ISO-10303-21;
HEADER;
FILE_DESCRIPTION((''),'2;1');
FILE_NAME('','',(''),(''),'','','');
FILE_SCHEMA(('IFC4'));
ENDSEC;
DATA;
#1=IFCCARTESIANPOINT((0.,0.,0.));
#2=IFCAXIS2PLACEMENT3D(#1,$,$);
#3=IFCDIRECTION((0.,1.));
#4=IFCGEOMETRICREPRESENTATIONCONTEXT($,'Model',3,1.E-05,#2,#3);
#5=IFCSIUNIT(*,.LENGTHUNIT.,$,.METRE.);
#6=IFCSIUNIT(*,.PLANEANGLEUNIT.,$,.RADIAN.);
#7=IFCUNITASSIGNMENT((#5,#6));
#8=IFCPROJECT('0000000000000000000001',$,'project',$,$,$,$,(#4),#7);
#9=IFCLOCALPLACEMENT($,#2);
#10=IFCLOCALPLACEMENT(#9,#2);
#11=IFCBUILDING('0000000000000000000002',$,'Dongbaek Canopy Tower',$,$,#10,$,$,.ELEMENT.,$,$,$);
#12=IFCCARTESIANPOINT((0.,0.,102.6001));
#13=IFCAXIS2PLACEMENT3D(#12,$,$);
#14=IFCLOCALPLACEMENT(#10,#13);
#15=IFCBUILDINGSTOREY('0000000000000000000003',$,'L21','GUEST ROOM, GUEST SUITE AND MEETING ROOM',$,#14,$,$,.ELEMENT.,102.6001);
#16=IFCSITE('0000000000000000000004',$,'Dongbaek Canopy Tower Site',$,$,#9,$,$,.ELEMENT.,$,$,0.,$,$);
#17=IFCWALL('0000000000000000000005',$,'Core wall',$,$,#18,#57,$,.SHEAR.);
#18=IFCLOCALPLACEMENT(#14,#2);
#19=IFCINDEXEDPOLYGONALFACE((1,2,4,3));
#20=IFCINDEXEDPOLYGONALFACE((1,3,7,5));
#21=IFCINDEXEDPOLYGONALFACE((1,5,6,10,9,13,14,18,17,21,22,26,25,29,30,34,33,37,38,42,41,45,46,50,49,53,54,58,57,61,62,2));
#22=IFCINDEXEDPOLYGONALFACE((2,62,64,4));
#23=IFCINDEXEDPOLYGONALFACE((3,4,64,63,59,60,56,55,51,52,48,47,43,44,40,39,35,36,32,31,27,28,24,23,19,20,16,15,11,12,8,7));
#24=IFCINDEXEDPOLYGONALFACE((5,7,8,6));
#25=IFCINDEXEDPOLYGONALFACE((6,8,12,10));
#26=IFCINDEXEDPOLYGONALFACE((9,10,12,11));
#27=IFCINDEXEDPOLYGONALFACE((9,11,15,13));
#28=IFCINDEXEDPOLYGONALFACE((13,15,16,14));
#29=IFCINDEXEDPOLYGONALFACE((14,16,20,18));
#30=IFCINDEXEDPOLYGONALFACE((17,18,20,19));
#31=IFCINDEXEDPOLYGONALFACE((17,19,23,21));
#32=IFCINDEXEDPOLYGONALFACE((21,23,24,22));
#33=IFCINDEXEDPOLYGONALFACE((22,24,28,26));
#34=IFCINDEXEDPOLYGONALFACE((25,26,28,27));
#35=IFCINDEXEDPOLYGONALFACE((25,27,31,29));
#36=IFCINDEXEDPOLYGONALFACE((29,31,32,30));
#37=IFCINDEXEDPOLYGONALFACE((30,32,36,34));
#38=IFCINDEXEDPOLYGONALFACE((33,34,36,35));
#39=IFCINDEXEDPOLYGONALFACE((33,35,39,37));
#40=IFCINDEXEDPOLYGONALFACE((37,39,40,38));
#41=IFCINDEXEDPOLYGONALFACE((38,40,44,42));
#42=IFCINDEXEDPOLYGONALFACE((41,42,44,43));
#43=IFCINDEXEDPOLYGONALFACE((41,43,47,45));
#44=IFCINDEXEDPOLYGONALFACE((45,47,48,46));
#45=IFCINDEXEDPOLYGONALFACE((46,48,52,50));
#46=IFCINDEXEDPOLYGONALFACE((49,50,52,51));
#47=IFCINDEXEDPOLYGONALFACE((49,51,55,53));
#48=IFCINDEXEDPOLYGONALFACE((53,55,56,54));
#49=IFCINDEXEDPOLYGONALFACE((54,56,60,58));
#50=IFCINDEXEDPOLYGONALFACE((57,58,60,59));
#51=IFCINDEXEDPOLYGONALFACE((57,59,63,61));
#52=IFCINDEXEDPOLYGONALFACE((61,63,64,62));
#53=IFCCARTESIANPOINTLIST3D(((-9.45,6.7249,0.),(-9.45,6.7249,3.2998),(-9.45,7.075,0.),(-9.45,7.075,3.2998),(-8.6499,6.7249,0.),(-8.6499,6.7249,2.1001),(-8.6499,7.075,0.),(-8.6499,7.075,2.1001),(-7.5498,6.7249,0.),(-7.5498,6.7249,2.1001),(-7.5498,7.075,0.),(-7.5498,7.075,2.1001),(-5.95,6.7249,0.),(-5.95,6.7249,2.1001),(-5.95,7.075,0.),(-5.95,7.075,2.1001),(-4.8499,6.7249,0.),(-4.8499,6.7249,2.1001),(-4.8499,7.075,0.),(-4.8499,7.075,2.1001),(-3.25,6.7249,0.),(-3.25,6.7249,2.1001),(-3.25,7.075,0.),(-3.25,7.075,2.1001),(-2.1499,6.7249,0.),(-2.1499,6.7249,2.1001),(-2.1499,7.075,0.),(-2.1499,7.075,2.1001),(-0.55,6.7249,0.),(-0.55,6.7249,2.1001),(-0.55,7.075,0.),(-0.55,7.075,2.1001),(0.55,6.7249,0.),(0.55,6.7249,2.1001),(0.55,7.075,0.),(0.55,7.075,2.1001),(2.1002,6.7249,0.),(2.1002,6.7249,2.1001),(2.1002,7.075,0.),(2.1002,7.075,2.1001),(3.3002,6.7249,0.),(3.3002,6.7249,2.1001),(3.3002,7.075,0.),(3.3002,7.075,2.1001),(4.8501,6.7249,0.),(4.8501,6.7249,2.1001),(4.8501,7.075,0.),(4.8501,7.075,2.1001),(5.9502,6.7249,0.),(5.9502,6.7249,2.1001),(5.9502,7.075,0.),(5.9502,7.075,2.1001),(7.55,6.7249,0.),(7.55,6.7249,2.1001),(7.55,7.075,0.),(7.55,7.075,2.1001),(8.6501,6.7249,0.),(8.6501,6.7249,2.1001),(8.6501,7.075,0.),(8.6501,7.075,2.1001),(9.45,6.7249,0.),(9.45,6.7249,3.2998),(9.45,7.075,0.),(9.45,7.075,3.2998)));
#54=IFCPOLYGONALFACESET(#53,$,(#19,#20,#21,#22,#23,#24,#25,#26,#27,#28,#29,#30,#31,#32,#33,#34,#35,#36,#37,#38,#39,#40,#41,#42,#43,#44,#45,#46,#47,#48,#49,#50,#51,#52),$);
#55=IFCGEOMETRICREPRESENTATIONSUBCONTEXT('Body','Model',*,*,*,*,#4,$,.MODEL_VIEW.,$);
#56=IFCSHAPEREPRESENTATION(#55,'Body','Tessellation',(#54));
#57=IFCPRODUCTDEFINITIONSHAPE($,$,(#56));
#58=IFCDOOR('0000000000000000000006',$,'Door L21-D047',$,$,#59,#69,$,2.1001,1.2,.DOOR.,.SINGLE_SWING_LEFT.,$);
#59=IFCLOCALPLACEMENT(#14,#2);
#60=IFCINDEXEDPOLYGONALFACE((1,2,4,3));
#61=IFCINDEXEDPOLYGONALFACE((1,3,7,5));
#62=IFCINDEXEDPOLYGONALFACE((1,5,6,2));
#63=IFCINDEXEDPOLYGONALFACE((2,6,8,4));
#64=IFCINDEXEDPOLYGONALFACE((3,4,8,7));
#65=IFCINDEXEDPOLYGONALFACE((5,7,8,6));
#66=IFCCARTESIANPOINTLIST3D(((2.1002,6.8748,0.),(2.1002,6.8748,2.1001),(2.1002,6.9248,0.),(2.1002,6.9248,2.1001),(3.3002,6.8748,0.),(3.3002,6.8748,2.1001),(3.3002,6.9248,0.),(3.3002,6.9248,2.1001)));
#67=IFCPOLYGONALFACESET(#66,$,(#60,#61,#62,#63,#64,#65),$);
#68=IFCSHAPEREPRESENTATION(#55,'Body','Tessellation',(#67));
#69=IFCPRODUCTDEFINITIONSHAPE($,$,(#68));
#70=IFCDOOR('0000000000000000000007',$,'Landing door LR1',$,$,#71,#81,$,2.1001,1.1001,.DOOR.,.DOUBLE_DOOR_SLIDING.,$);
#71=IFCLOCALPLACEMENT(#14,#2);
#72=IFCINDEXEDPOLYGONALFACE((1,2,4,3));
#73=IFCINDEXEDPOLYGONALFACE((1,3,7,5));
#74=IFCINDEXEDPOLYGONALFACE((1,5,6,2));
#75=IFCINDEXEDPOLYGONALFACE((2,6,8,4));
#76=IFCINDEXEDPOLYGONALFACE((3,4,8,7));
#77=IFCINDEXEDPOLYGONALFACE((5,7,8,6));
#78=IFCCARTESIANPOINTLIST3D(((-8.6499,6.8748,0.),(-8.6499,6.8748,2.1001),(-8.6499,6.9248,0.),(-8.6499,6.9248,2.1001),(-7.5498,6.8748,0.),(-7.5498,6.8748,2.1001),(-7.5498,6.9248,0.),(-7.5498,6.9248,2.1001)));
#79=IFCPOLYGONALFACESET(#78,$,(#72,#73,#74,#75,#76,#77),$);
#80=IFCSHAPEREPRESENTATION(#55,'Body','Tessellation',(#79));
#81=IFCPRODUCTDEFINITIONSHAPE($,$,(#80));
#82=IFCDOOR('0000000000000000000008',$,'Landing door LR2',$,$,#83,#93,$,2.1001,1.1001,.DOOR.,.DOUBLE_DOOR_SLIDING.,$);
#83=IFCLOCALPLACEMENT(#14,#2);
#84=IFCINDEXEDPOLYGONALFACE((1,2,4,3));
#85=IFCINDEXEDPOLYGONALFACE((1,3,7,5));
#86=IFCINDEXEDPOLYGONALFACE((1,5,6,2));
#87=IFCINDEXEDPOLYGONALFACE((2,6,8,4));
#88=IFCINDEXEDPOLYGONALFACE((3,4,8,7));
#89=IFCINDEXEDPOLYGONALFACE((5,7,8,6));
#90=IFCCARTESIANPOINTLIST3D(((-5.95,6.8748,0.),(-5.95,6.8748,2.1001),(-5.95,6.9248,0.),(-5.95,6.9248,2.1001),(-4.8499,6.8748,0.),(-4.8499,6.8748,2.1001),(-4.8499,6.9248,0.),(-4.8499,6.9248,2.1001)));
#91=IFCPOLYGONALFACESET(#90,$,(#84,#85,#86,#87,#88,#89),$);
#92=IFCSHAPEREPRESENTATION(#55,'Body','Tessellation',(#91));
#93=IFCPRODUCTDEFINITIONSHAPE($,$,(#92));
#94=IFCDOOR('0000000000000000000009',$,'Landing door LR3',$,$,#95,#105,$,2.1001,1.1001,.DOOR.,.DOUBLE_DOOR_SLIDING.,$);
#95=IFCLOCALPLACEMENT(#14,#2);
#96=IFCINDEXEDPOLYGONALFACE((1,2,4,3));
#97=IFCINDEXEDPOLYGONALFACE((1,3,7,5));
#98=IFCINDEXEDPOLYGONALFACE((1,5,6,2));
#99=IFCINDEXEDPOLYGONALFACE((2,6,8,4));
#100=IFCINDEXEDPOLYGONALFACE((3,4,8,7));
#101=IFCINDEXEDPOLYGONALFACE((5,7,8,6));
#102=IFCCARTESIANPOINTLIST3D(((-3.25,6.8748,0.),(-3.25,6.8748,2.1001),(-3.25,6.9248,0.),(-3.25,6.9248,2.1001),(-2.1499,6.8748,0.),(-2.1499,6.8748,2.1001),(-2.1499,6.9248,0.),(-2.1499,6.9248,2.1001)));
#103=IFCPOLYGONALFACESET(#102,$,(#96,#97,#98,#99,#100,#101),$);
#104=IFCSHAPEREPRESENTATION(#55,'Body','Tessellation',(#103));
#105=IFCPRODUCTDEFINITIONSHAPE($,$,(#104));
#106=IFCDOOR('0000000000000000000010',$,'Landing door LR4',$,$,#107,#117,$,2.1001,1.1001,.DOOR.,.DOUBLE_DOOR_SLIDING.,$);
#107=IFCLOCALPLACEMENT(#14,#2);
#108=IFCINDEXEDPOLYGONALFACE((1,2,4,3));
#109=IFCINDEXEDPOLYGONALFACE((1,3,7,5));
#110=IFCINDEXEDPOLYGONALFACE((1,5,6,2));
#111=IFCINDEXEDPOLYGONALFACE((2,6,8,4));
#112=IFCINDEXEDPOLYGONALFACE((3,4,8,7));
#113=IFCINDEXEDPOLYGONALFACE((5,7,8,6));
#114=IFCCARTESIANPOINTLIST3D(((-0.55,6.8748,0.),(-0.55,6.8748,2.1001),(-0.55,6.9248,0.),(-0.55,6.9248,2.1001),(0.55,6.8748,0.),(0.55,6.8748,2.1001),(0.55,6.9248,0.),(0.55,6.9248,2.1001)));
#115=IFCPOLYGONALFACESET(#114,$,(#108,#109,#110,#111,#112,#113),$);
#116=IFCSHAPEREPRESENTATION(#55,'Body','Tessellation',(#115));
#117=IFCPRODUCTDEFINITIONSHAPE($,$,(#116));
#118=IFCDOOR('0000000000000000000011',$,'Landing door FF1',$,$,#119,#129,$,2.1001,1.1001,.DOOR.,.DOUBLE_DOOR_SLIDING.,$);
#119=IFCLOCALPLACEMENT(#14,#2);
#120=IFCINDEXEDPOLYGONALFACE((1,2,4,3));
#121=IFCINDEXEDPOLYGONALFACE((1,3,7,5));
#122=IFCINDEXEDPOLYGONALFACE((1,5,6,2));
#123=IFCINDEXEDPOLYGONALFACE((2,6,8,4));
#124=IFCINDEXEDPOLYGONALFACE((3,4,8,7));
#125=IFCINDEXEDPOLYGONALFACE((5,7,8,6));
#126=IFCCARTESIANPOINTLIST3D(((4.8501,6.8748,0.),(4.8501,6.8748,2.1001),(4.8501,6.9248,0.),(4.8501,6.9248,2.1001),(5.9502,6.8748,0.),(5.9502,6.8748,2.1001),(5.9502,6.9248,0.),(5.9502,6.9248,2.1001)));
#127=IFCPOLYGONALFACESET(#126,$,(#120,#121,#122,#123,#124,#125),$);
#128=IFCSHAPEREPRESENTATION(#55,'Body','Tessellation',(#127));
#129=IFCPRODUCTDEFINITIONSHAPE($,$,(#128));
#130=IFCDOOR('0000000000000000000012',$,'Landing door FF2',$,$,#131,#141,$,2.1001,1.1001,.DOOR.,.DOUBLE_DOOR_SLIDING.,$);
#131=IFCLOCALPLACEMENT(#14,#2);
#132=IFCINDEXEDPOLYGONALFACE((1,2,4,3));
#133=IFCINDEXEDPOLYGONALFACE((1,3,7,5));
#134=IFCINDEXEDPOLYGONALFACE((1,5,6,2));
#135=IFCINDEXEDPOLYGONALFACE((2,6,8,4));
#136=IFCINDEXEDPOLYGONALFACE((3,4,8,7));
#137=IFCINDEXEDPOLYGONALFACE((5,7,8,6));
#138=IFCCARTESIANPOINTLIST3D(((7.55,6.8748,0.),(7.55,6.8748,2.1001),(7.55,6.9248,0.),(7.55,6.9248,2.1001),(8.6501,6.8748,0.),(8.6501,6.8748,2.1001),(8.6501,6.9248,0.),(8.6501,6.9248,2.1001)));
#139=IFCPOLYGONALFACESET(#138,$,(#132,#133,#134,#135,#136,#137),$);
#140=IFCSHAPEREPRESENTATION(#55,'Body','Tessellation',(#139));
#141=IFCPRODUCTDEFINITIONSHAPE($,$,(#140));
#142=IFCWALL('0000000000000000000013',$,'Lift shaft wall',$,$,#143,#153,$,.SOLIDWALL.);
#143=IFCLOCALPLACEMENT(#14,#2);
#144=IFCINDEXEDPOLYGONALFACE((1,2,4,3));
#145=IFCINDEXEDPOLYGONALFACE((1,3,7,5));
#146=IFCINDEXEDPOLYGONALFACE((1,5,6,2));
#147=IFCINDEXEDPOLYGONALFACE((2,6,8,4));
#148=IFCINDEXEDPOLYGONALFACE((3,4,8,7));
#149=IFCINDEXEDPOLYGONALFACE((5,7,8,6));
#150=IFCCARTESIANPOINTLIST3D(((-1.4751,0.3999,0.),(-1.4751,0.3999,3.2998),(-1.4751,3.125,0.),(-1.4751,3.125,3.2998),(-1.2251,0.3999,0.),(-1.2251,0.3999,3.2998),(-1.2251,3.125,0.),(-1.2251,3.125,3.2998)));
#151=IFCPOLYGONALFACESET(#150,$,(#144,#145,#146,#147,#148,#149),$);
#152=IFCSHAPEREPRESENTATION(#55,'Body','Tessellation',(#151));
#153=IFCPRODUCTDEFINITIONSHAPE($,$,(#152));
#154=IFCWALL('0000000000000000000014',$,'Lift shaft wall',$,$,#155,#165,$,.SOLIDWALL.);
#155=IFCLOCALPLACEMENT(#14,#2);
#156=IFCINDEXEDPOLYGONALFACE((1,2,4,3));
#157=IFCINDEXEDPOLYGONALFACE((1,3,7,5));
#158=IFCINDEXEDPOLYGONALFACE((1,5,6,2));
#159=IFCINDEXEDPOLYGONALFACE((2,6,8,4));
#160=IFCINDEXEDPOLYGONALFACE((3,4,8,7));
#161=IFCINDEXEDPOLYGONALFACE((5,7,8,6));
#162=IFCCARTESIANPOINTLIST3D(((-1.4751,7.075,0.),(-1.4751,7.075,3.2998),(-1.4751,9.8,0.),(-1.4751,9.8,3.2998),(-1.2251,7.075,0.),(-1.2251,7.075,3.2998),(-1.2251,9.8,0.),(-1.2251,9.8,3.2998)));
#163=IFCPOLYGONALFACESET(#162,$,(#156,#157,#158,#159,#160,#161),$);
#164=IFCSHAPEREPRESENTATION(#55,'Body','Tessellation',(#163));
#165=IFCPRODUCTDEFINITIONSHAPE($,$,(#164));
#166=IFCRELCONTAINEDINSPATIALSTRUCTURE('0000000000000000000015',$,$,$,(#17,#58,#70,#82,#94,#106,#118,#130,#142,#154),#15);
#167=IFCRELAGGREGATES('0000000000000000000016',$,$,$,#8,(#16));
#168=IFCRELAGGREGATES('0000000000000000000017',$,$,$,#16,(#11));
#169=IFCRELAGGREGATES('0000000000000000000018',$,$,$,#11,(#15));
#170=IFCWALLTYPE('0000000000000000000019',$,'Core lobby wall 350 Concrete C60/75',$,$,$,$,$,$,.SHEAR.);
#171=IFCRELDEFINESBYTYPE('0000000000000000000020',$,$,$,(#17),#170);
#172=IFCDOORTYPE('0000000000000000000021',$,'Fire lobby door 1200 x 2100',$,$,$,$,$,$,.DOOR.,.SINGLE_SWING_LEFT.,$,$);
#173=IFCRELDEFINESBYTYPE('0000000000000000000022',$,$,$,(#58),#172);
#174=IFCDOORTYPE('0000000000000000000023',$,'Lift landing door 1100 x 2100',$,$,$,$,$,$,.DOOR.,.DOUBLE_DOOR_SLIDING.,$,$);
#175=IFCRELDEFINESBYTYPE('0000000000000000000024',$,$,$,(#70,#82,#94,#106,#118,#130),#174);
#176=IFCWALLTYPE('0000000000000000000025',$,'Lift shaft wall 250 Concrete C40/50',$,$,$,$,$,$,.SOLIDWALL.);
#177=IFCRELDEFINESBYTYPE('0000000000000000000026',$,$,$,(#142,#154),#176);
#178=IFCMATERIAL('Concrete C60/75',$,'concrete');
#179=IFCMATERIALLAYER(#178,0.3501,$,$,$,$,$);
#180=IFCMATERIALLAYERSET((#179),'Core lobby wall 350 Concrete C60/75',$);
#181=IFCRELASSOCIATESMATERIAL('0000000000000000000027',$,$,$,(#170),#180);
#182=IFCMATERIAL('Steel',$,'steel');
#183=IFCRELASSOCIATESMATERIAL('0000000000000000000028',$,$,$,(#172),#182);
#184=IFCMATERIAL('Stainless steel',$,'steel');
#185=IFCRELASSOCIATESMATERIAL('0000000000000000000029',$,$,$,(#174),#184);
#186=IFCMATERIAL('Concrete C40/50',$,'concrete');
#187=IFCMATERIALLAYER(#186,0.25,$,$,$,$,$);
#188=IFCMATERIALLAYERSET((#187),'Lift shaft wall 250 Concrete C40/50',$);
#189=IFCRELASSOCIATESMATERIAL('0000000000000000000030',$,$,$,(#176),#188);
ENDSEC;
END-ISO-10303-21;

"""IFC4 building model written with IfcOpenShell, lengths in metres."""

from ifc_helpers import new_model, si_unit, direction, frame, frame_2d, origin, place, context, subcontext, project, spatial, rectangle, extrude, material, layer, layer_set, type_object, element, fill, save


model = new_model("IFC4")

# Units and contexts
model_context = context("Model", 3, precision=1e-05, world=origin(), true_north=direction((0.0, 1.0)))
body_context = subcontext(model_context, "Body", "Model", "MODEL_VIEW")
ifc_project = project(units=[si_unit("LENGTHUNIT", "METRE"), si_unit("PLANEANGLEUNIT", "RADIAN")], contexts=[model_context])

# Site, building, storey
site_placement = place(None, origin())
site = spatial("IfcSite", under=ifc_project, at=site_placement, Name="Dongbaek Canopy Tower Site", CompositionType="ELEMENT", RefElevation=0.0)
building_placement = place(site_placement, origin())
building = spatial("IfcBuilding", under=site, at=building_placement, Name="Dongbaek Canopy Tower", CompositionType="ELEMENT")
storey_placement = place(building_placement, frame((0.0, 0.0, 102.6001)))
storey = spatial("IfcBuildingStorey", under=building, at=storey_placement, Name="L21", Description="GUEST ROOM, GUEST SUITE AND MEETING ROOM", CompositionType="ELEMENT", Elevation=102.6001)

# Wall, openings, doors
ifc_material_1 = material(Name="Concrete C60/75", Category="concrete")
ifc_layer_1 = layer(ifc_material_1, 0.3501)
ifc_layer_set_1 = layer_set([ifc_layer_1], Name="Core lobby wall 350 Concrete C60/75")
wall_type_1 = type_object("IfcWallType", Name="Core lobby wall 350 Concrete C60/75", PredefinedType="SHEAR", material=ifc_layer_set_1)
wall_placement = place(storey_placement, frame((-9.45, 6.8999, 0.0), z_axis=(0.0, 0.0, 1.0), x_axis=(1.0, 0.0, 0.0)))
wall = element("IfcWall", 1, at=wall_placement, inside=storey, type_object=wall_type_1, Name="Core wall", PredefinedType="SHEAR", context=body_context, shape_type="SweptSolid", body=[
    extrude(rectangle(XDim=18.8999, YDim=0.3501, at=frame_2d((9.45, 0.0))), origin(), (0.0, 0.0, 1.0), 3.2998),
])
opening_1_placement = place(wall_placement, frame((0.8, 0.0, 0.0)))
opening_1 = element("IfcOpeningElement", 2, at=opening_1_placement, cuts=wall, PredefinedType="OPENING", context=body_context, shape_type="SweptSolid", body=[
    extrude(rectangle(XDim=1.1001, YDim=2.1001, at=frame_2d((0.55, 1.05))), frame((0.0, 0.1851, 0.0), z_axis=(0.0, -1.0, 0.0), x_axis=(1.0, 0.0, 0.0)), (0.0, 0.0, 1.0), 0.3701),
])
opening_2_placement = place(wall_placement, frame((3.5, 0.0, 0.0)))
opening_2 = element("IfcOpeningElement", 3, at=opening_2_placement, cuts=wall, PredefinedType="OPENING", context=body_context, shape_type="SweptSolid", body=[
    extrude(rectangle(XDim=1.1001, YDim=2.1001, at=frame_2d((0.55, 1.05))), frame((0.0, 0.1851, 0.0), z_axis=(0.0, -1.0, 0.0), x_axis=(1.0, 0.0, 0.0)), (0.0, 0.0, 1.0), 0.3701),
])
opening_3_placement = place(wall_placement, frame((6.2, 0.0, 0.0)))
opening_3 = element("IfcOpeningElement", 4, at=opening_3_placement, cuts=wall, PredefinedType="OPENING", context=body_context, shape_type="SweptSolid", body=[
    extrude(rectangle(XDim=1.1001, YDim=2.1001, at=frame_2d((0.55, 1.05))), frame((0.0, 0.1851, 0.0), z_axis=(0.0, -1.0, 0.0), x_axis=(1.0, 0.0, 0.0)), (0.0, 0.0, 1.0), 0.3701),
])
opening_4_placement = place(wall_placement, frame((8.8999, 0.0, 0.0)))
opening_4 = element("IfcOpeningElement", 5, at=opening_4_placement, cuts=wall, PredefinedType="OPENING", context=body_context, shape_type="SweptSolid", body=[
    extrude(rectangle(XDim=1.1001, YDim=2.1001, at=frame_2d((0.55, 1.05))), frame((0.0, 0.1851, 0.0), z_axis=(0.0, -1.0, 0.0), x_axis=(1.0, 0.0, 0.0)), (0.0, 0.0, 1.0), 0.3701),
])
opening_5_placement = place(wall_placement, frame((11.55, 0.0, 0.0)))
opening_5 = element("IfcOpeningElement", 6, at=opening_5_placement, cuts=wall, PredefinedType="OPENING", context=body_context, shape_type="SweptSolid", body=[
    extrude(rectangle(XDim=1.2, YDim=2.1001, at=frame_2d((0.6001, 1.05))), frame((0.0, 0.1851, 0.0), z_axis=(0.0, -1.0, 0.0), x_axis=(1.0, 0.0, 0.0)), (0.0, 0.0, 1.0), 0.3701),
])
opening_6_placement = place(wall_placement, frame((14.3, 0.0, 0.0)))
opening_6 = element("IfcOpeningElement", 7, at=opening_6_placement, cuts=wall, PredefinedType="OPENING", context=body_context, shape_type="SweptSolid", body=[
    extrude(rectangle(XDim=1.1001, YDim=2.1001, at=frame_2d((0.55, 1.05))), frame((0.0, 0.1851, 0.0), z_axis=(0.0, -1.0, 0.0), x_axis=(1.0, 0.0, 0.0)), (0.0, 0.0, 1.0), 0.3701),
])
opening_7_placement = place(wall_placement, frame((17.0, 0.0, 0.0)))
opening_7 = element("IfcOpeningElement", 8, at=opening_7_placement, cuts=wall, PredefinedType="OPENING", context=body_context, shape_type="SweptSolid", body=[
    extrude(rectangle(XDim=1.1001, YDim=2.1001, at=frame_2d((0.55, 1.05))), frame((0.0, 0.1851, 0.0), z_axis=(0.0, -1.0, 0.0), x_axis=(1.0, 0.0, 0.0)), (0.0, 0.0, 1.0), 0.3701),
])
ifc_material_2 = material(Name="Steel", Category="steel")
door_type_1 = type_object("IfcDoorType", Name="Fire lobby door 1200 x 2100", OperationType="SINGLE_SWING_LEFT", PredefinedType="DOOR", material=ifc_material_2)
door_1_placement = place(opening_5_placement, origin())
door_1 = element("IfcDoor", 9, at=door_1_placement, inside=storey, type_object=door_type_1, Name="Door L21-D047", OperationType="SINGLE_SWING_LEFT", OverallHeight=2.1001, OverallWidth=1.2, PredefinedType="DOOR", context=body_context, shape_type="SweptSolid", body=[
    extrude(rectangle(XDim=1.2, YDim=2.1001, at=frame_2d((0.6001, 1.05))), frame((0.0, 0.0249, 0.0), z_axis=(0.0, -1.0, 0.0), x_axis=(1.0, 0.0, 0.0)), (0.0, 0.0, 1.0), 0.05),
])
fill(opening_5, door_1)
ifc_material_3 = material(Name="Stainless steel", Category="steel")
door_type_2 = type_object("IfcDoorType", Name="Lift landing door 1100 x 2100", OperationType="DOUBLE_DOOR_SLIDING", PredefinedType="DOOR", material=ifc_material_3)
door_2_placement = place(opening_1_placement, origin())
door_2 = element("IfcDoor", 10, at=door_2_placement, inside=storey, type_object=door_type_2, Name="Landing door LR1", OperationType="DOUBLE_DOOR_SLIDING", OverallHeight=2.1001, OverallWidth=1.1001, PredefinedType="DOOR", context=body_context, shape_type="SweptSolid", body=[
    extrude(rectangle(XDim=1.1001, YDim=2.1001, at=frame_2d((0.55, 1.05))), frame((0.0, 0.0249, 0.0), z_axis=(0.0, -1.0, 0.0), x_axis=(1.0, 0.0, 0.0)), (0.0, 0.0, 1.0), 0.05),
])
fill(opening_1, door_2)
door_3_placement = place(opening_2_placement, origin())
door_3 = element("IfcDoor", 11, at=door_3_placement, inside=storey, type_object=door_type_2, Name="Landing door LR2", OperationType="DOUBLE_DOOR_SLIDING", OverallHeight=2.1001, OverallWidth=1.1001, PredefinedType="DOOR", context=body_context, shape_type="SweptSolid", body=[
    extrude(rectangle(XDim=1.1001, YDim=2.1001, at=frame_2d((0.55, 1.05))), frame((0.0, 0.0249, 0.0), z_axis=(0.0, -1.0, 0.0), x_axis=(1.0, 0.0, 0.0)), (0.0, 0.0, 1.0), 0.05),
])
fill(opening_2, door_3)
door_4_placement = place(opening_3_placement, origin())
door_4 = element("IfcDoor", 12, at=door_4_placement, inside=storey, type_object=door_type_2, Name="Landing door LR3", OperationType="DOUBLE_DOOR_SLIDING", OverallHeight=2.1001, OverallWidth=1.1001, PredefinedType="DOOR", context=body_context, shape_type="SweptSolid", body=[
    extrude(rectangle(XDim=1.1001, YDim=2.1001, at=frame_2d((0.55, 1.05))), frame((0.0, 0.0249, 0.0), z_axis=(0.0, -1.0, 0.0), x_axis=(1.0, 0.0, 0.0)), (0.0, 0.0, 1.0), 0.05),
])
fill(opening_3, door_4)
door_5_placement = place(opening_4_placement, origin())
door_5 = element("IfcDoor", 13, at=door_5_placement, inside=storey, type_object=door_type_2, Name="Landing door LR4", OperationType="DOUBLE_DOOR_SLIDING", OverallHeight=2.1001, OverallWidth=1.1001, PredefinedType="DOOR", context=body_context, shape_type="SweptSolid", body=[
    extrude(rectangle(XDim=1.1001, YDim=2.1001, at=frame_2d((0.55, 1.05))), frame((0.0, 0.0249, 0.0), z_axis=(0.0, -1.0, 0.0), x_axis=(1.0, 0.0, 0.0)), (0.0, 0.0, 1.0), 0.05),
])
fill(opening_4, door_5)
door_6_placement = place(opening_6_placement, origin())
door_6 = element("IfcDoor", 14, at=door_6_placement, inside=storey, type_object=door_type_2, Name="Landing door FF1", OperationType="DOUBLE_DOOR_SLIDING", OverallHeight=2.1001, OverallWidth=1.1001, PredefinedType="DOOR", context=body_context, shape_type="SweptSolid", body=[
    extrude(rectangle(XDim=1.1001, YDim=2.1001, at=frame_2d((0.55, 1.05))), frame((0.0, 0.0249, 0.0), z_axis=(0.0, -1.0, 0.0), x_axis=(1.0, 0.0, 0.0)), (0.0, 0.0, 1.0), 0.05),
])
fill(opening_6, door_6)
door_7_placement = place(opening_7_placement, origin())
door_7 = element("IfcDoor", 15, at=door_7_placement, inside=storey, type_object=door_type_2, Name="Landing door FF2", OperationType="DOUBLE_DOOR_SLIDING", OverallHeight=2.1001, OverallWidth=1.1001, PredefinedType="DOOR", context=body_context, shape_type="SweptSolid", body=[
    extrude(rectangle(XDim=1.1001, YDim=2.1001, at=frame_2d((0.55, 1.05))), frame((0.0, 0.0249, 0.0), z_axis=(0.0, -1.0, 0.0), x_axis=(1.0, 0.0, 0.0)), (0.0, 0.0, 1.0), 0.05),
])
fill(opening_7, door_7)

# Walls
ifc_material_4 = material(Name="Concrete C40/50", Category="concrete")
ifc_layer_2 = layer(ifc_material_4, 0.25)
ifc_layer_set_2 = layer_set([ifc_layer_2], Name="Lift shaft wall 250 Concrete C40/50")
wall_type_2 = type_object("IfcWallType", Name="Lift shaft wall 250 Concrete C40/50", PredefinedType="SOLIDWALL", material=ifc_layer_set_2)
for number, where, z_axis, x_axis, name in (
    (16, (-1.3501, 0.3999, 0.0), (0.0, 0.0, 1.0), (0.0, 1.0, 0.0), "Lift shaft wall"),
    (17, (-1.3501, 7.075, 0.0), (0.0, 0.0, 1.0), (0.0, 1.0, 0.0), "Lift shaft wall"),
):
    element("IfcWall", number, at=place(storey_placement, frame(where, z_axis=z_axis, x_axis=x_axis)), inside=storey, type_object=wall_type_2, Name=name, PredefinedType="SOLIDWALL", context=body_context, shape_type="SweptSolid", body=[
        extrude(rectangle(XDim=2.7251, YDim=0.25, at=frame_2d((1.3625, 0.0))), origin(), (0.0, 0.0, 1.0), 3.2998),
    ])

save(model, "model.ifc")
